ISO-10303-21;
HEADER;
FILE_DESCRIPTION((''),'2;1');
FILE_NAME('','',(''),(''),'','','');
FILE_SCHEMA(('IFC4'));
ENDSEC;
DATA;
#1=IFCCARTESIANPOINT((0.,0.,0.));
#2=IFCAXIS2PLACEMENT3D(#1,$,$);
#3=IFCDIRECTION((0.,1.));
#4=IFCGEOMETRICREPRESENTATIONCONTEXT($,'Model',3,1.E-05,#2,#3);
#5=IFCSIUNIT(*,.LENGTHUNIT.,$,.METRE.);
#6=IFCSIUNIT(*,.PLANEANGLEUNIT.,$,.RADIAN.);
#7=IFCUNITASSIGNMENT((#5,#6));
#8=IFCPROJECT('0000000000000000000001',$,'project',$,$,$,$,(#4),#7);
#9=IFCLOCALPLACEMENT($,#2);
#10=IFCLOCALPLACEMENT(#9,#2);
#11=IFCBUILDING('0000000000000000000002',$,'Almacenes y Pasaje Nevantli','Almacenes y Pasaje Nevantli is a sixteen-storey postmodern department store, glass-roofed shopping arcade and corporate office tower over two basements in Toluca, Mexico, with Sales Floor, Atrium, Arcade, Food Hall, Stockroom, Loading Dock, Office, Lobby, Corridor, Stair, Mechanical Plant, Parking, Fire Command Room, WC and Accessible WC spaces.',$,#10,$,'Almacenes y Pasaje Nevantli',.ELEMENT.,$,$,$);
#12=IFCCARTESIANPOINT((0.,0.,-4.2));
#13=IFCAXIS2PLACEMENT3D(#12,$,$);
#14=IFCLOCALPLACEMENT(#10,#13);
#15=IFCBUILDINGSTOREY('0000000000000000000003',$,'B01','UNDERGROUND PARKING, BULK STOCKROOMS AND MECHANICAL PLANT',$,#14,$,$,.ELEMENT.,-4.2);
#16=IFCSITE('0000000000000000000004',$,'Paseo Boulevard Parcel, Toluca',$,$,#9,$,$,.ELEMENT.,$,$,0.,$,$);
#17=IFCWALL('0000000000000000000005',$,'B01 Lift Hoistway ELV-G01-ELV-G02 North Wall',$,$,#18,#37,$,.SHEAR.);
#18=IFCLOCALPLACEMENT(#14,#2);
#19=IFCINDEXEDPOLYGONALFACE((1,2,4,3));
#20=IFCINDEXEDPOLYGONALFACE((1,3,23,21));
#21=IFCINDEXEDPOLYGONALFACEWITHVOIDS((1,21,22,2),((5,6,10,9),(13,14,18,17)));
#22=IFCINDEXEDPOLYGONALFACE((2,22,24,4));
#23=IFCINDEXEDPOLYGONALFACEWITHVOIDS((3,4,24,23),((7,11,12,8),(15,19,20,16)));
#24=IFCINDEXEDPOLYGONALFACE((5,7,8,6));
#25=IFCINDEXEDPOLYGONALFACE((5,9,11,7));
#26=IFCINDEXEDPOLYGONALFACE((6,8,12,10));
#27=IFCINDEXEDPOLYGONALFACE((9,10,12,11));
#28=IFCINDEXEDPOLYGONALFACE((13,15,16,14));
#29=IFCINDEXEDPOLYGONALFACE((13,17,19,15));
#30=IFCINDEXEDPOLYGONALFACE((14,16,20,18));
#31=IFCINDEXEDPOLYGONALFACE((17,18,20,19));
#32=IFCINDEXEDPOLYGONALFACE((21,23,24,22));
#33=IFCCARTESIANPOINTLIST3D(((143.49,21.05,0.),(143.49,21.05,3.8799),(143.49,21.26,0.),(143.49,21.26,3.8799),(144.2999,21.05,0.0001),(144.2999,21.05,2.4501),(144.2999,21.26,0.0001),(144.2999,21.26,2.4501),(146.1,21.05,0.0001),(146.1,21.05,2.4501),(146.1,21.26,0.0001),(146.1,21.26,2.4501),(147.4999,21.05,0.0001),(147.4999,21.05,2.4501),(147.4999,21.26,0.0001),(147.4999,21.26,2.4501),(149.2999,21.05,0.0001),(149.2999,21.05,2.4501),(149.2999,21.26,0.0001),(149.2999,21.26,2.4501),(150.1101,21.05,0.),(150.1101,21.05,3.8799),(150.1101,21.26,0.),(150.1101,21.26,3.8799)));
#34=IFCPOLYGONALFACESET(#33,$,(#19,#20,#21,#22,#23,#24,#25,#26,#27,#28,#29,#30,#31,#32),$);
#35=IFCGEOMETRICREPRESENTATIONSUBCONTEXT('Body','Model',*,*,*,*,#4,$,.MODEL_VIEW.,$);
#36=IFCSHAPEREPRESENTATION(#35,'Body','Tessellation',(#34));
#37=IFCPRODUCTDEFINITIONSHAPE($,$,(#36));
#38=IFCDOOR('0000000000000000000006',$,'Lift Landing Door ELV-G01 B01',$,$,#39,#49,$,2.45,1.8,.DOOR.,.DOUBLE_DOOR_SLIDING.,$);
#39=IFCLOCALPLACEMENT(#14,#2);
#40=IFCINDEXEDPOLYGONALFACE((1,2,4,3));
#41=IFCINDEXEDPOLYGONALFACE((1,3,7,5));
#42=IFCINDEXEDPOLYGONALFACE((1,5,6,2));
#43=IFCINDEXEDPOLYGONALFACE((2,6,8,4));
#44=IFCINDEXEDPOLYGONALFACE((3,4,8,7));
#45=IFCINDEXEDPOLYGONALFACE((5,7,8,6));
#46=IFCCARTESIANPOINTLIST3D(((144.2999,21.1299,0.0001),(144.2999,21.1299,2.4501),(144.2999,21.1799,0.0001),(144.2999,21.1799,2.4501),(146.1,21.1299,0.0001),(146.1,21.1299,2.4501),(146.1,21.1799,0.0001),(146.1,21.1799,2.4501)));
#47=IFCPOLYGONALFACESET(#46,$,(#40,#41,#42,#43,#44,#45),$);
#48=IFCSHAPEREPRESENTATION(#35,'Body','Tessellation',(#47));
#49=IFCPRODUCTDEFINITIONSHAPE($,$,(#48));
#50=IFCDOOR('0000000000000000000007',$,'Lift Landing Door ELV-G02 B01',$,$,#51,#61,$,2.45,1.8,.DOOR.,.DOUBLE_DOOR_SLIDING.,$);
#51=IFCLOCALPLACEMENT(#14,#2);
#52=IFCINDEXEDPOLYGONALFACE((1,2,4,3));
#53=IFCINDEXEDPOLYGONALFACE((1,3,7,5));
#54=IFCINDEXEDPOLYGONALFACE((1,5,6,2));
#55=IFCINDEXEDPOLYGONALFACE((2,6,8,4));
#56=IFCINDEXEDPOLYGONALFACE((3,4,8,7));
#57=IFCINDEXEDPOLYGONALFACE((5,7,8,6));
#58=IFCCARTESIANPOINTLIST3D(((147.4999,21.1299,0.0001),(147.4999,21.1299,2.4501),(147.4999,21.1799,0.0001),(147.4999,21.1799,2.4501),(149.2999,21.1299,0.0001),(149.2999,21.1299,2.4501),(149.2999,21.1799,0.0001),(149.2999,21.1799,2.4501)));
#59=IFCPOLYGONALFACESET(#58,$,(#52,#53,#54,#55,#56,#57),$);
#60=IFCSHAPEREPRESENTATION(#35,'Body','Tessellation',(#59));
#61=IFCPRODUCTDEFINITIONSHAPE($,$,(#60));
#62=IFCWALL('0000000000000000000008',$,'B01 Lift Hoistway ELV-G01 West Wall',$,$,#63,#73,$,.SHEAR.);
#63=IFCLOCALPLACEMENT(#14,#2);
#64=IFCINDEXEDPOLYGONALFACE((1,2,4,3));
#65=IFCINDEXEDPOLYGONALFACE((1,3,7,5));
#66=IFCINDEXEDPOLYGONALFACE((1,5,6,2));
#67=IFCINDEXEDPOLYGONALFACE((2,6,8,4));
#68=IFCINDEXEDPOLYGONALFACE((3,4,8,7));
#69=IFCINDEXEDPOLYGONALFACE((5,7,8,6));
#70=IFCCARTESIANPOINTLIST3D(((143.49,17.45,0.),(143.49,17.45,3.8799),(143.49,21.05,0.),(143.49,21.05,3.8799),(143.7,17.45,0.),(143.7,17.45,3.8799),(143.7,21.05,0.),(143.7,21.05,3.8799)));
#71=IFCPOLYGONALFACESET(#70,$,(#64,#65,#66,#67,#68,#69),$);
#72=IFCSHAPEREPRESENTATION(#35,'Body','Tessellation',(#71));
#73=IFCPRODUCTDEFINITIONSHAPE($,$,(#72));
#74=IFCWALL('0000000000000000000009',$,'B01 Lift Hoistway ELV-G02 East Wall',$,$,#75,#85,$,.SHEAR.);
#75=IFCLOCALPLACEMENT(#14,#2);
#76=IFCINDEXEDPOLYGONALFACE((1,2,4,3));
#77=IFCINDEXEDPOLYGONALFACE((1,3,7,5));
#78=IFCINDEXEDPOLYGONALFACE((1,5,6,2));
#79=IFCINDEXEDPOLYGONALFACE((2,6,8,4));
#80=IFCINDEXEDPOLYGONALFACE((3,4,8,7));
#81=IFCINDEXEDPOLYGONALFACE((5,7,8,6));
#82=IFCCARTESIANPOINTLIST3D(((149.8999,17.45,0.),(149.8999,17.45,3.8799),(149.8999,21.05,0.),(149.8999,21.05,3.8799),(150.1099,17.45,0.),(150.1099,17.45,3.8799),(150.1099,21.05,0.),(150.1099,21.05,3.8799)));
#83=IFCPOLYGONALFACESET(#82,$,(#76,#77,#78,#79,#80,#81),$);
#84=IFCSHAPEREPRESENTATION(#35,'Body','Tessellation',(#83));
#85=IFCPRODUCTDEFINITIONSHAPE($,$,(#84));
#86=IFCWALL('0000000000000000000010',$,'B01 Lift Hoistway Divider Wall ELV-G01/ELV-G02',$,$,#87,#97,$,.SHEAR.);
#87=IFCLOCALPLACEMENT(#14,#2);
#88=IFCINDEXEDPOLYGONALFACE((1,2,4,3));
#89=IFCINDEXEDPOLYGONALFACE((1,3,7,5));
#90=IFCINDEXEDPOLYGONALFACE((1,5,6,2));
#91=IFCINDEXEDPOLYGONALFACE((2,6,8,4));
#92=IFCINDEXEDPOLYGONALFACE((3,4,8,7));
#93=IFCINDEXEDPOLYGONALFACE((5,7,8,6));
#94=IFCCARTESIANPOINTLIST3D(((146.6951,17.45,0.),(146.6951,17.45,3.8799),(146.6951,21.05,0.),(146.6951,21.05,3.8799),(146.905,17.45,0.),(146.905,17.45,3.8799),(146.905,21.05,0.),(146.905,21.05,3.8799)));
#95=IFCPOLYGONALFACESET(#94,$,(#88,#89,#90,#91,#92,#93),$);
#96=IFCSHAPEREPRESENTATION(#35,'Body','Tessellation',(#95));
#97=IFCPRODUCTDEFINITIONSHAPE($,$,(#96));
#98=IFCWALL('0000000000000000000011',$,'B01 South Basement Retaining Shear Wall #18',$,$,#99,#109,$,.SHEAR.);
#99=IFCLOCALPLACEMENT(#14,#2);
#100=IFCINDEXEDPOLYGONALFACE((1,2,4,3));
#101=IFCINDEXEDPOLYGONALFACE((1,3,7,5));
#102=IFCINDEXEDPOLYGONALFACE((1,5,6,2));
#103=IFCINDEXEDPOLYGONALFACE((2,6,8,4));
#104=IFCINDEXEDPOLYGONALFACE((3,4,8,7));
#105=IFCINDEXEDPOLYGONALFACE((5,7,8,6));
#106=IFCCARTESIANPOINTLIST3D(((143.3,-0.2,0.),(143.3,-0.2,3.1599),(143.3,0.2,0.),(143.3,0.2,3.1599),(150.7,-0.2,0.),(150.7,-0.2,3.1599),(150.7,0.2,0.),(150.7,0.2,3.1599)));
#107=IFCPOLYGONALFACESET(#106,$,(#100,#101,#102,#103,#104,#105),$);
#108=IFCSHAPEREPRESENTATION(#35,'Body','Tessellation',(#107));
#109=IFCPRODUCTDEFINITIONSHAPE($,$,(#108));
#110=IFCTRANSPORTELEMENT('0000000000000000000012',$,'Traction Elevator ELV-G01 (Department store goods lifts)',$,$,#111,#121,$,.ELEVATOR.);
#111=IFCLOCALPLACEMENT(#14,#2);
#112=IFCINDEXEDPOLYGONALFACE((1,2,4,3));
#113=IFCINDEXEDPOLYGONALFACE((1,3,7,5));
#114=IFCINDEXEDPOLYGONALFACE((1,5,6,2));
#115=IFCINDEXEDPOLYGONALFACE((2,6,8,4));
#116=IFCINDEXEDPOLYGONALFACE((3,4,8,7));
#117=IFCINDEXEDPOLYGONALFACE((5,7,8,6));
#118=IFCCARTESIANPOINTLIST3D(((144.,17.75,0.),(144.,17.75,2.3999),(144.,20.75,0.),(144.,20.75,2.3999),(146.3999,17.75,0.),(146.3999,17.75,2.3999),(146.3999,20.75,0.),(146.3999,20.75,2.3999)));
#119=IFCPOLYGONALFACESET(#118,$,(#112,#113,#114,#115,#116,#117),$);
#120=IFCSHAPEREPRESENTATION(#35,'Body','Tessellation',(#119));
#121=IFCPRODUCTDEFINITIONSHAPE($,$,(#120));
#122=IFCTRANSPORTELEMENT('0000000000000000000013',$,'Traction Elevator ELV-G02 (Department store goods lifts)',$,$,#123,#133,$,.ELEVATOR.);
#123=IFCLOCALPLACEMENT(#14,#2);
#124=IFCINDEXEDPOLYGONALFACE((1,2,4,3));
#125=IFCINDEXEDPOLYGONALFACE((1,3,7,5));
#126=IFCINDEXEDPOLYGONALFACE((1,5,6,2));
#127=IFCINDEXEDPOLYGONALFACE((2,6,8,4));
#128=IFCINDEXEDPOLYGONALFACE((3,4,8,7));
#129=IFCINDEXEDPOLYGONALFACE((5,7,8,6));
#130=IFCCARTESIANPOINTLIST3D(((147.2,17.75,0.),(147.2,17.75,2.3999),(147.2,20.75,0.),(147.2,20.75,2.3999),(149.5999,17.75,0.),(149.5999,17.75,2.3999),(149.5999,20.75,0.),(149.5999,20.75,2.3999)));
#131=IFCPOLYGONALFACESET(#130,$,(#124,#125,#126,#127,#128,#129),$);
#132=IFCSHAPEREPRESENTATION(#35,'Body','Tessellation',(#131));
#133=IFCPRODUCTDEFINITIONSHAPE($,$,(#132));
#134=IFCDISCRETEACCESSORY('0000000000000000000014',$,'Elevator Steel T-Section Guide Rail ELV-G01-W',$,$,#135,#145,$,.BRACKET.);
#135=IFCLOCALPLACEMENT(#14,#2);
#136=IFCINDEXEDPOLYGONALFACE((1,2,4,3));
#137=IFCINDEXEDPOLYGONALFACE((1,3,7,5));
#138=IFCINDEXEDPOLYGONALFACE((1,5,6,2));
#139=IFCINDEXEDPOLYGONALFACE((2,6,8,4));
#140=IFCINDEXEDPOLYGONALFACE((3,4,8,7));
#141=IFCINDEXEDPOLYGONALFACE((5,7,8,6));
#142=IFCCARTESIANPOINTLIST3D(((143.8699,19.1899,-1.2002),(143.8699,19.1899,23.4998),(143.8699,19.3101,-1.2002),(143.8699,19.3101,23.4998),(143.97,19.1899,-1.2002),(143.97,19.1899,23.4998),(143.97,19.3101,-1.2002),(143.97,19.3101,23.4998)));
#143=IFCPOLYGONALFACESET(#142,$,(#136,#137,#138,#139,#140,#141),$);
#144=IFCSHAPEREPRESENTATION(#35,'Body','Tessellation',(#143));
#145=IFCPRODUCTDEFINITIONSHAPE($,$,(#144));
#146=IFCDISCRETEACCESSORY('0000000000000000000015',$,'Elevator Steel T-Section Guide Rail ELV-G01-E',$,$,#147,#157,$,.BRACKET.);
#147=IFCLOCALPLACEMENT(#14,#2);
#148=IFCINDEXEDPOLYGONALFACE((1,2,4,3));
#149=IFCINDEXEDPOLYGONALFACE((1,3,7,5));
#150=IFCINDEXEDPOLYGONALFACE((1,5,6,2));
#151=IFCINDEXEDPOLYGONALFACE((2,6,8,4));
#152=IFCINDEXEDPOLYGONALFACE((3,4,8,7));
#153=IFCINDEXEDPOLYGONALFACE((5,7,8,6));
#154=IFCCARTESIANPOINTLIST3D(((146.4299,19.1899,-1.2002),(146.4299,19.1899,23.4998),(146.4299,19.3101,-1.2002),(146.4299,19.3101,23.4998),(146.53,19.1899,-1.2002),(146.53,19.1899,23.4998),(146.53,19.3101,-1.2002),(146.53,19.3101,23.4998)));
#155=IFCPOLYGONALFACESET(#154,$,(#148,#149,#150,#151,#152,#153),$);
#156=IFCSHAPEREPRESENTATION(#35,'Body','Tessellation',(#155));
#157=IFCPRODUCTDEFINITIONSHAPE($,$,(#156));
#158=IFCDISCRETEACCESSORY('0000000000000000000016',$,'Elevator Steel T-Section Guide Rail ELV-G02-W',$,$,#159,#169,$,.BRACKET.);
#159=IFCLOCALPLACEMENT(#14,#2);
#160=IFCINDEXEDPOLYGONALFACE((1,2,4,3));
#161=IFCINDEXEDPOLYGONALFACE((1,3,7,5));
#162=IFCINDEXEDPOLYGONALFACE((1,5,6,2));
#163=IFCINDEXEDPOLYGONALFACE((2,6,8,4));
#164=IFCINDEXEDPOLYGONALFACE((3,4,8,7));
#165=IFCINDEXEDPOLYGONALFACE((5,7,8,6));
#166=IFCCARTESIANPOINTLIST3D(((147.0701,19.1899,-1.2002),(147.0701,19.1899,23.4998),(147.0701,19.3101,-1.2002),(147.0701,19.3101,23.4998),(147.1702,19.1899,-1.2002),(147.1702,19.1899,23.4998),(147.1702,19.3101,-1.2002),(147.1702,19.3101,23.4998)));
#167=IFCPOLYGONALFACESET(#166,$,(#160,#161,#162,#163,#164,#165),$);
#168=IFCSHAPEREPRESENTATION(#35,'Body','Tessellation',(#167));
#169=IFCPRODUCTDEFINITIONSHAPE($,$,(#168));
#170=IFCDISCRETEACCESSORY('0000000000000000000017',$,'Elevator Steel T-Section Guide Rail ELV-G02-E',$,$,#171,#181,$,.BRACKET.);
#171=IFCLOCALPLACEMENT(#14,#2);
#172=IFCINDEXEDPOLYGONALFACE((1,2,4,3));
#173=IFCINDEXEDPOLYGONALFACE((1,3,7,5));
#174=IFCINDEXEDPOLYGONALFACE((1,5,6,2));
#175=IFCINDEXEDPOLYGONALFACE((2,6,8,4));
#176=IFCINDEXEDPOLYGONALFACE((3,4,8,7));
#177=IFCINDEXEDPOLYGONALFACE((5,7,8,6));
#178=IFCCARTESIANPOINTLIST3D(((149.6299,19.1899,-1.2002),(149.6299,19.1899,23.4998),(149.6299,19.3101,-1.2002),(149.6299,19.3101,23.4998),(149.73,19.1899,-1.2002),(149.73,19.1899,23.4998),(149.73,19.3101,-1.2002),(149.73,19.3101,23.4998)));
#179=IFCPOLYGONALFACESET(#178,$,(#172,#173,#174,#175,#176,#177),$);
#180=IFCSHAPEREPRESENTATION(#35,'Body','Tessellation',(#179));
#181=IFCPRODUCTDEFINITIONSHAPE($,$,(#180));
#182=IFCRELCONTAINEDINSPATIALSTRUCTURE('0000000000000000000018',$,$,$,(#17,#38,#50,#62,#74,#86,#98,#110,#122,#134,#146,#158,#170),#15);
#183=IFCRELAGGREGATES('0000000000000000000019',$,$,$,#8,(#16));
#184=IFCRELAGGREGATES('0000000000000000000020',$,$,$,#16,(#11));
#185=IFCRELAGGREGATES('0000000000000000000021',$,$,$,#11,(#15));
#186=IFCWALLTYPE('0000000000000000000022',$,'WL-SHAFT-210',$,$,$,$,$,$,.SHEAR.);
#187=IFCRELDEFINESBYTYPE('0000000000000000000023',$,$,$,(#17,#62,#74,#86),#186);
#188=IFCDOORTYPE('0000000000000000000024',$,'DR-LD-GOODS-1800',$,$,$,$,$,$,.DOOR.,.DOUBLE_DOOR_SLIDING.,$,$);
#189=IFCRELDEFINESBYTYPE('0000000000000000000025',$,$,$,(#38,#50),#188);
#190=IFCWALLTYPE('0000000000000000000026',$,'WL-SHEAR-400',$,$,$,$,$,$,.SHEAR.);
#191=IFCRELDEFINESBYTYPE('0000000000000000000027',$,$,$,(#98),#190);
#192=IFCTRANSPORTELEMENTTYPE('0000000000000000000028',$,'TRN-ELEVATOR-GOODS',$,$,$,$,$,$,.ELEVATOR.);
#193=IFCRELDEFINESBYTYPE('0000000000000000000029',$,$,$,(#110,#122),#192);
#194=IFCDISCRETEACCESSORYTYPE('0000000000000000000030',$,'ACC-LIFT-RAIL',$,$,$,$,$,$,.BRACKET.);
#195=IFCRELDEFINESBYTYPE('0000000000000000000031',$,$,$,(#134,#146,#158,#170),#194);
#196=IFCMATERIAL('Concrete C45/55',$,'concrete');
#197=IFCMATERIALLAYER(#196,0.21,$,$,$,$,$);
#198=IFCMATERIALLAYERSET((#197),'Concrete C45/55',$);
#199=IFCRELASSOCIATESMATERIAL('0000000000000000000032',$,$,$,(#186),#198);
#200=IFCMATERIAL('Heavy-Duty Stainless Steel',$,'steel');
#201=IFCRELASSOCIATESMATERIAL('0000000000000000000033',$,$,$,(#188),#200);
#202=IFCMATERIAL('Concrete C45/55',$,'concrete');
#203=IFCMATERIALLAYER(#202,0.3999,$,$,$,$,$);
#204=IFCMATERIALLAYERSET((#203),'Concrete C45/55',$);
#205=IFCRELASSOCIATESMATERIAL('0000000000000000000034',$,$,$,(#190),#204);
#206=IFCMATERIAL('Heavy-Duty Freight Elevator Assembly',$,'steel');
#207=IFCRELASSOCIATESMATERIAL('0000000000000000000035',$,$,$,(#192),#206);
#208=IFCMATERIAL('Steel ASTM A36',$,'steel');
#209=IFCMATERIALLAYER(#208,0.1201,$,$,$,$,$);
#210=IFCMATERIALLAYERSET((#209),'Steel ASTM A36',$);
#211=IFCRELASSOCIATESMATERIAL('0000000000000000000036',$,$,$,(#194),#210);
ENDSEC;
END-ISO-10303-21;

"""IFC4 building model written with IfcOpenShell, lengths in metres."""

from ifc_helpers import new_model, si_unit, direction, frame, frame_2d, origin, origin_2d, place, context, subcontext, project, spatial, rectangle, extrude, material, layer, layer_set, type_object, element, fill, save


model = new_model("IFC4")

# Units and contexts
model_context = context("Model", 3, precision=1e-05, world=origin(), true_north=direction((0.0, 1.0)))
body_context = subcontext(model_context, "Body", "Model", "MODEL_VIEW")
ifc_project = project(units=[si_unit("LENGTHUNIT", "METRE"), si_unit("PLANEANGLEUNIT", "RADIAN")], contexts=[model_context])

# Site, building, storey
site_placement = place(None, origin())
site = spatial("IfcSite", under=ifc_project, at=site_placement, Name="Paseo Boulevard Parcel, Toluca", CompositionType="ELEMENT", RefElevation=0.0)
building_placement = place(site_placement, origin())
building = spatial("IfcBuilding", under=site, at=building_placement, Name="Almacenes y Pasaje Nevantli", Description="Almacenes y Pasaje Nevantli is a sixteen-storey postmodern department store, glass-roofed shopping arcade and corporate office tower over two basements in Toluca, Mexico, with Sales Floor, Atrium, Arcade, Food Hall, Stockroom, Loading Dock, Office, Lobby, Corridor, Stair, Mechanical Plant, Parking, Fire Command Room, WC and Accessible WC spaces.", LongName="Almacenes y Pasaje Nevantli", CompositionType="ELEMENT")
storey_placement = place(building_placement, frame((0.0, 0.0, -4.2)))
storey = spatial("IfcBuildingStorey", under=building, at=storey_placement, Name="B01", Description="UNDERGROUND PARKING, BULK STOCKROOMS AND MECHANICAL PLANT", CompositionType="ELEMENT", Elevation=-4.2)

# Shared definitions
ifc_material_1 = material(Name="Concrete C45/55", Category="concrete")
ifc_layer_1 = layer(ifc_material_1, 0.21)
ifc_layer_set_1 = layer_set([ifc_layer_1], Name="Concrete C45/55")
wall_type_1 = type_object("IfcWallType", Name="WL-SHAFT-210", PredefinedType="SHEAR", material=ifc_layer_set_1)

# Wall, openings, doors
wall_1_placement = place(storey_placement, frame((143.49, 21.155, 0.0), z_axis=(0.0, 0.0, 1.0), x_axis=(1.0, 0.0, 0.0)))
wall_1 = element("IfcWall", 1, at=wall_1_placement, inside=storey, type_object=wall_type_1, Name="B01 Lift Hoistway ELV-G01-ELV-G02 North Wall", PredefinedType="SHEAR", context=body_context, shape_type="SweptSolid", body=[
    extrude(rectangle(XDim=6.6201, YDim=0.21, at=frame_2d((3.3101, 0.0))), origin(), (0.0, 0.0, 1.0), 3.8799),
])
opening_1_placement = place(wall_1_placement, frame((0.8101, 0.0, 0.0)))
opening_1 = element("IfcOpeningElement", 2, at=opening_1_placement, cuts=wall_1, PredefinedType="OPENING", context=body_context, shape_type="SweptSolid", body=[
    extrude(rectangle(XDim=1.8, YDim=2.45, at=frame_2d((0.8999, 1.2251))), frame((0.0, 0.115, 0.0), z_axis=(0.0, -1.0, 0.0), x_axis=(1.0, 0.0, 0.0)), (0.0, 0.0, 1.0), 0.23),
])
opening_2_placement = place(wall_1_placement, frame((4.01, 0.0, 0.0)))
opening_2 = element("IfcOpeningElement", 3, at=opening_2_placement, cuts=wall_1, PredefinedType="OPENING", context=body_context, shape_type="SweptSolid", body=[
    extrude(rectangle(XDim=1.8, YDim=2.45, at=frame_2d((0.8999, 1.2251))), frame((0.0, 0.115, 0.0), z_axis=(0.0, -1.0, 0.0), x_axis=(1.0, 0.0, 0.0)), (0.0, 0.0, 1.0), 0.23),
])
ifc_material_2 = material(Name="Heavy-Duty Stainless Steel", Category="steel")
door_type = type_object("IfcDoorType", Name="DR-LD-GOODS-1800", OperationType="DOUBLE_DOOR_SLIDING", PredefinedType="DOOR", material=ifc_material_2)
door_1_placement = place(opening_1_placement, origin())
door_1 = element("IfcDoor", 4, at=door_1_placement, inside=storey, type_object=door_type, Name="Lift Landing Door ELV-G01 B01", OperationType="DOUBLE_DOOR_SLIDING", OverallHeight=2.45, OverallWidth=1.8, PredefinedType="DOOR", context=body_context, shape_type="SweptSolid", body=[
    extrude(rectangle(XDim=1.8, YDim=2.45, at=frame_2d((0.8999, 1.2251))), frame((0.0, 0.0249, 0.0), z_axis=(0.0, -1.0, 0.0), x_axis=(1.0, 0.0, 0.0)), (0.0, 0.0, 1.0), 0.05),
])
fill(opening_1, door_1)
door_2_placement = place(opening_2_placement, origin())
door_2 = element("IfcDoor", 5, at=door_2_placement, inside=storey, type_object=door_type, Name="Lift Landing Door ELV-G02 B01", OperationType="DOUBLE_DOOR_SLIDING", OverallHeight=2.45, OverallWidth=1.8, PredefinedType="DOOR", context=body_context, shape_type="SweptSolid", body=[
    extrude(rectangle(XDim=1.8, YDim=2.45, at=frame_2d((0.8999, 1.2251))), frame((0.0, 0.0249, 0.0), z_axis=(0.0, -1.0, 0.0), x_axis=(1.0, 0.0, 0.0)), (0.0, 0.0, 1.0), 0.05),
])
fill(opening_2, door_2)

# Walls
for number, where, z_axis, x_axis, name in (
    (6, (143.595, 17.45, 0.0), (0.0, 0.0, 1.0), (0.0, 1.0, 0.0), "B01 Lift Hoistway ELV-G01 West Wall"),
    (7, (150.0049, 17.45, 0.0), (0.0, 0.0, 1.0), (0.0, 1.0, 0.0), "B01 Lift Hoistway ELV-G02 East Wall"),
    (8, (146.8, 17.45, 0.0), (0.0, 0.0, 1.0), (0.0, 1.0, 0.0), "B01 Lift Hoistway Divider Wall ELV-G01/ELV-G02"),
):
    element("IfcWall", number, at=place(storey_placement, frame(where, z_axis=z_axis, x_axis=x_axis)), inside=storey, type_object=wall_type_1, Name=name, PredefinedType="SHEAR", context=body_context, shape_type="SweptSolid", body=[
        extrude(rectangle(XDim=3.6001, YDim=0.21, at=frame_2d((1.8, 0.0))), origin(), (0.0, 0.0, 1.0), 3.8799),
    ])
ifc_material_3 = material(Name="Concrete C45/55", Category="concrete")
ifc_layer_2 = layer(ifc_material_3, 0.3999)
ifc_layer_set_2 = layer_set([ifc_layer_2], Name="Concrete C45/55")
wall_type_2 = type_object("IfcWallType", Name="WL-SHEAR-400", PredefinedType="SHEAR", material=ifc_layer_set_2)
wall_2_placement = place(storey_placement, frame((143.3, 0.0, 0.0), z_axis=(0.0, 0.0, 1.0), x_axis=(1.0, 0.0, 0.0)))
element("IfcWall", 9, at=wall_2_placement, inside=storey, type_object=wall_type_2, Name="B01 South Basement Retaining Shear Wall #18", PredefinedType="SHEAR", context=body_context, shape_type="SweptSolid", body=[
    extrude(rectangle(XDim=7.3999, YDim=0.3999, at=frame_2d((3.7, 0.0))), origin(), (0.0, 0.0, 1.0), 3.1599),
])

# Transport elements
ifc_material_4 = material(Name="Heavy-Duty Freight Elevator Assembly", Category="steel")
transport_element_type = type_object("IfcTransportElementType", Name="TRN-ELEVATOR-GOODS", PredefinedType="ELEVATOR", material=ifc_material_4)
for number, where, z_axis, x_axis, name in (
    (10, (145.2, 19.25, 0.0), (0.0, 0.0, 1.0), (1.0, 0.0, 0.0), "Traction Elevator ELV-G01 (Department store goods lifts)"),
    (11, (148.3999, 19.25, 0.0), (0.0, 0.0, 1.0), (1.0, 0.0, 0.0), "Traction Elevator ELV-G02 (Department store goods lifts)"),
):
    element("IfcTransportElement", number, at=place(storey_placement, frame(where, z_axis=z_axis, x_axis=x_axis)), inside=storey, type_object=transport_element_type, Name=name, PredefinedType="ELEVATOR", context=body_context, shape_type="SweptSolid", body=[
        extrude(rectangle(XDim=2.3999, YDim=3.0, at=origin_2d()), origin(), (0.0, 0.0, 1.0), 2.3999),
    ])

# Discrete accessories
ifc_material_5 = material(Name="Steel ASTM A36", Category="steel")
ifc_layer_3 = layer(ifc_material_5, 0.1201)
ifc_layer_set_3 = layer_set([ifc_layer_3], Name="Steel ASTM A36")
discrete_accessory_type = type_object("IfcDiscreteAccessoryType", Name="ACC-LIFT-RAIL", PredefinedType="BRACKET", material=ifc_layer_set_3)
for number, where, z_axis, x_axis, name in (
    (12, (143.9199, 19.25, -1.2002), (0.0, 0.0, 1.0), (1.0, 0.0, 0.0), "Elevator Steel T-Section Guide Rail ELV-G01-W"),
    (13, (146.48, 19.25, -1.2002), (0.0, 0.0, 1.0), (1.0, 0.0, 0.0), "Elevator Steel T-Section Guide Rail ELV-G01-E"),
    (14, (147.1201, 19.25, -1.2002), (0.0, 0.0, 1.0), (1.0, 0.0, 0.0), "Elevator Steel T-Section Guide Rail ELV-G02-W"),
    (15, (149.6799, 19.25, -1.2002), (0.0, 0.0, 1.0), (1.0, 0.0, 0.0), "Elevator Steel T-Section Guide Rail ELV-G02-E"),
):
    element("IfcDiscreteAccessory", number, at=place(storey_placement, frame(where, z_axis=z_axis, x_axis=x_axis)), inside=storey, type_object=discrete_accessory_type, Name=name, PredefinedType="BRACKET", context=body_context, shape_type="SweptSolid", body=[
        extrude(rectangle(XDim=0.1001, YDim=0.1201, at=origin_2d()), origin(), (0.0, 0.0, 1.0), 24.7),
    ])

save(model, "model.ifc")
